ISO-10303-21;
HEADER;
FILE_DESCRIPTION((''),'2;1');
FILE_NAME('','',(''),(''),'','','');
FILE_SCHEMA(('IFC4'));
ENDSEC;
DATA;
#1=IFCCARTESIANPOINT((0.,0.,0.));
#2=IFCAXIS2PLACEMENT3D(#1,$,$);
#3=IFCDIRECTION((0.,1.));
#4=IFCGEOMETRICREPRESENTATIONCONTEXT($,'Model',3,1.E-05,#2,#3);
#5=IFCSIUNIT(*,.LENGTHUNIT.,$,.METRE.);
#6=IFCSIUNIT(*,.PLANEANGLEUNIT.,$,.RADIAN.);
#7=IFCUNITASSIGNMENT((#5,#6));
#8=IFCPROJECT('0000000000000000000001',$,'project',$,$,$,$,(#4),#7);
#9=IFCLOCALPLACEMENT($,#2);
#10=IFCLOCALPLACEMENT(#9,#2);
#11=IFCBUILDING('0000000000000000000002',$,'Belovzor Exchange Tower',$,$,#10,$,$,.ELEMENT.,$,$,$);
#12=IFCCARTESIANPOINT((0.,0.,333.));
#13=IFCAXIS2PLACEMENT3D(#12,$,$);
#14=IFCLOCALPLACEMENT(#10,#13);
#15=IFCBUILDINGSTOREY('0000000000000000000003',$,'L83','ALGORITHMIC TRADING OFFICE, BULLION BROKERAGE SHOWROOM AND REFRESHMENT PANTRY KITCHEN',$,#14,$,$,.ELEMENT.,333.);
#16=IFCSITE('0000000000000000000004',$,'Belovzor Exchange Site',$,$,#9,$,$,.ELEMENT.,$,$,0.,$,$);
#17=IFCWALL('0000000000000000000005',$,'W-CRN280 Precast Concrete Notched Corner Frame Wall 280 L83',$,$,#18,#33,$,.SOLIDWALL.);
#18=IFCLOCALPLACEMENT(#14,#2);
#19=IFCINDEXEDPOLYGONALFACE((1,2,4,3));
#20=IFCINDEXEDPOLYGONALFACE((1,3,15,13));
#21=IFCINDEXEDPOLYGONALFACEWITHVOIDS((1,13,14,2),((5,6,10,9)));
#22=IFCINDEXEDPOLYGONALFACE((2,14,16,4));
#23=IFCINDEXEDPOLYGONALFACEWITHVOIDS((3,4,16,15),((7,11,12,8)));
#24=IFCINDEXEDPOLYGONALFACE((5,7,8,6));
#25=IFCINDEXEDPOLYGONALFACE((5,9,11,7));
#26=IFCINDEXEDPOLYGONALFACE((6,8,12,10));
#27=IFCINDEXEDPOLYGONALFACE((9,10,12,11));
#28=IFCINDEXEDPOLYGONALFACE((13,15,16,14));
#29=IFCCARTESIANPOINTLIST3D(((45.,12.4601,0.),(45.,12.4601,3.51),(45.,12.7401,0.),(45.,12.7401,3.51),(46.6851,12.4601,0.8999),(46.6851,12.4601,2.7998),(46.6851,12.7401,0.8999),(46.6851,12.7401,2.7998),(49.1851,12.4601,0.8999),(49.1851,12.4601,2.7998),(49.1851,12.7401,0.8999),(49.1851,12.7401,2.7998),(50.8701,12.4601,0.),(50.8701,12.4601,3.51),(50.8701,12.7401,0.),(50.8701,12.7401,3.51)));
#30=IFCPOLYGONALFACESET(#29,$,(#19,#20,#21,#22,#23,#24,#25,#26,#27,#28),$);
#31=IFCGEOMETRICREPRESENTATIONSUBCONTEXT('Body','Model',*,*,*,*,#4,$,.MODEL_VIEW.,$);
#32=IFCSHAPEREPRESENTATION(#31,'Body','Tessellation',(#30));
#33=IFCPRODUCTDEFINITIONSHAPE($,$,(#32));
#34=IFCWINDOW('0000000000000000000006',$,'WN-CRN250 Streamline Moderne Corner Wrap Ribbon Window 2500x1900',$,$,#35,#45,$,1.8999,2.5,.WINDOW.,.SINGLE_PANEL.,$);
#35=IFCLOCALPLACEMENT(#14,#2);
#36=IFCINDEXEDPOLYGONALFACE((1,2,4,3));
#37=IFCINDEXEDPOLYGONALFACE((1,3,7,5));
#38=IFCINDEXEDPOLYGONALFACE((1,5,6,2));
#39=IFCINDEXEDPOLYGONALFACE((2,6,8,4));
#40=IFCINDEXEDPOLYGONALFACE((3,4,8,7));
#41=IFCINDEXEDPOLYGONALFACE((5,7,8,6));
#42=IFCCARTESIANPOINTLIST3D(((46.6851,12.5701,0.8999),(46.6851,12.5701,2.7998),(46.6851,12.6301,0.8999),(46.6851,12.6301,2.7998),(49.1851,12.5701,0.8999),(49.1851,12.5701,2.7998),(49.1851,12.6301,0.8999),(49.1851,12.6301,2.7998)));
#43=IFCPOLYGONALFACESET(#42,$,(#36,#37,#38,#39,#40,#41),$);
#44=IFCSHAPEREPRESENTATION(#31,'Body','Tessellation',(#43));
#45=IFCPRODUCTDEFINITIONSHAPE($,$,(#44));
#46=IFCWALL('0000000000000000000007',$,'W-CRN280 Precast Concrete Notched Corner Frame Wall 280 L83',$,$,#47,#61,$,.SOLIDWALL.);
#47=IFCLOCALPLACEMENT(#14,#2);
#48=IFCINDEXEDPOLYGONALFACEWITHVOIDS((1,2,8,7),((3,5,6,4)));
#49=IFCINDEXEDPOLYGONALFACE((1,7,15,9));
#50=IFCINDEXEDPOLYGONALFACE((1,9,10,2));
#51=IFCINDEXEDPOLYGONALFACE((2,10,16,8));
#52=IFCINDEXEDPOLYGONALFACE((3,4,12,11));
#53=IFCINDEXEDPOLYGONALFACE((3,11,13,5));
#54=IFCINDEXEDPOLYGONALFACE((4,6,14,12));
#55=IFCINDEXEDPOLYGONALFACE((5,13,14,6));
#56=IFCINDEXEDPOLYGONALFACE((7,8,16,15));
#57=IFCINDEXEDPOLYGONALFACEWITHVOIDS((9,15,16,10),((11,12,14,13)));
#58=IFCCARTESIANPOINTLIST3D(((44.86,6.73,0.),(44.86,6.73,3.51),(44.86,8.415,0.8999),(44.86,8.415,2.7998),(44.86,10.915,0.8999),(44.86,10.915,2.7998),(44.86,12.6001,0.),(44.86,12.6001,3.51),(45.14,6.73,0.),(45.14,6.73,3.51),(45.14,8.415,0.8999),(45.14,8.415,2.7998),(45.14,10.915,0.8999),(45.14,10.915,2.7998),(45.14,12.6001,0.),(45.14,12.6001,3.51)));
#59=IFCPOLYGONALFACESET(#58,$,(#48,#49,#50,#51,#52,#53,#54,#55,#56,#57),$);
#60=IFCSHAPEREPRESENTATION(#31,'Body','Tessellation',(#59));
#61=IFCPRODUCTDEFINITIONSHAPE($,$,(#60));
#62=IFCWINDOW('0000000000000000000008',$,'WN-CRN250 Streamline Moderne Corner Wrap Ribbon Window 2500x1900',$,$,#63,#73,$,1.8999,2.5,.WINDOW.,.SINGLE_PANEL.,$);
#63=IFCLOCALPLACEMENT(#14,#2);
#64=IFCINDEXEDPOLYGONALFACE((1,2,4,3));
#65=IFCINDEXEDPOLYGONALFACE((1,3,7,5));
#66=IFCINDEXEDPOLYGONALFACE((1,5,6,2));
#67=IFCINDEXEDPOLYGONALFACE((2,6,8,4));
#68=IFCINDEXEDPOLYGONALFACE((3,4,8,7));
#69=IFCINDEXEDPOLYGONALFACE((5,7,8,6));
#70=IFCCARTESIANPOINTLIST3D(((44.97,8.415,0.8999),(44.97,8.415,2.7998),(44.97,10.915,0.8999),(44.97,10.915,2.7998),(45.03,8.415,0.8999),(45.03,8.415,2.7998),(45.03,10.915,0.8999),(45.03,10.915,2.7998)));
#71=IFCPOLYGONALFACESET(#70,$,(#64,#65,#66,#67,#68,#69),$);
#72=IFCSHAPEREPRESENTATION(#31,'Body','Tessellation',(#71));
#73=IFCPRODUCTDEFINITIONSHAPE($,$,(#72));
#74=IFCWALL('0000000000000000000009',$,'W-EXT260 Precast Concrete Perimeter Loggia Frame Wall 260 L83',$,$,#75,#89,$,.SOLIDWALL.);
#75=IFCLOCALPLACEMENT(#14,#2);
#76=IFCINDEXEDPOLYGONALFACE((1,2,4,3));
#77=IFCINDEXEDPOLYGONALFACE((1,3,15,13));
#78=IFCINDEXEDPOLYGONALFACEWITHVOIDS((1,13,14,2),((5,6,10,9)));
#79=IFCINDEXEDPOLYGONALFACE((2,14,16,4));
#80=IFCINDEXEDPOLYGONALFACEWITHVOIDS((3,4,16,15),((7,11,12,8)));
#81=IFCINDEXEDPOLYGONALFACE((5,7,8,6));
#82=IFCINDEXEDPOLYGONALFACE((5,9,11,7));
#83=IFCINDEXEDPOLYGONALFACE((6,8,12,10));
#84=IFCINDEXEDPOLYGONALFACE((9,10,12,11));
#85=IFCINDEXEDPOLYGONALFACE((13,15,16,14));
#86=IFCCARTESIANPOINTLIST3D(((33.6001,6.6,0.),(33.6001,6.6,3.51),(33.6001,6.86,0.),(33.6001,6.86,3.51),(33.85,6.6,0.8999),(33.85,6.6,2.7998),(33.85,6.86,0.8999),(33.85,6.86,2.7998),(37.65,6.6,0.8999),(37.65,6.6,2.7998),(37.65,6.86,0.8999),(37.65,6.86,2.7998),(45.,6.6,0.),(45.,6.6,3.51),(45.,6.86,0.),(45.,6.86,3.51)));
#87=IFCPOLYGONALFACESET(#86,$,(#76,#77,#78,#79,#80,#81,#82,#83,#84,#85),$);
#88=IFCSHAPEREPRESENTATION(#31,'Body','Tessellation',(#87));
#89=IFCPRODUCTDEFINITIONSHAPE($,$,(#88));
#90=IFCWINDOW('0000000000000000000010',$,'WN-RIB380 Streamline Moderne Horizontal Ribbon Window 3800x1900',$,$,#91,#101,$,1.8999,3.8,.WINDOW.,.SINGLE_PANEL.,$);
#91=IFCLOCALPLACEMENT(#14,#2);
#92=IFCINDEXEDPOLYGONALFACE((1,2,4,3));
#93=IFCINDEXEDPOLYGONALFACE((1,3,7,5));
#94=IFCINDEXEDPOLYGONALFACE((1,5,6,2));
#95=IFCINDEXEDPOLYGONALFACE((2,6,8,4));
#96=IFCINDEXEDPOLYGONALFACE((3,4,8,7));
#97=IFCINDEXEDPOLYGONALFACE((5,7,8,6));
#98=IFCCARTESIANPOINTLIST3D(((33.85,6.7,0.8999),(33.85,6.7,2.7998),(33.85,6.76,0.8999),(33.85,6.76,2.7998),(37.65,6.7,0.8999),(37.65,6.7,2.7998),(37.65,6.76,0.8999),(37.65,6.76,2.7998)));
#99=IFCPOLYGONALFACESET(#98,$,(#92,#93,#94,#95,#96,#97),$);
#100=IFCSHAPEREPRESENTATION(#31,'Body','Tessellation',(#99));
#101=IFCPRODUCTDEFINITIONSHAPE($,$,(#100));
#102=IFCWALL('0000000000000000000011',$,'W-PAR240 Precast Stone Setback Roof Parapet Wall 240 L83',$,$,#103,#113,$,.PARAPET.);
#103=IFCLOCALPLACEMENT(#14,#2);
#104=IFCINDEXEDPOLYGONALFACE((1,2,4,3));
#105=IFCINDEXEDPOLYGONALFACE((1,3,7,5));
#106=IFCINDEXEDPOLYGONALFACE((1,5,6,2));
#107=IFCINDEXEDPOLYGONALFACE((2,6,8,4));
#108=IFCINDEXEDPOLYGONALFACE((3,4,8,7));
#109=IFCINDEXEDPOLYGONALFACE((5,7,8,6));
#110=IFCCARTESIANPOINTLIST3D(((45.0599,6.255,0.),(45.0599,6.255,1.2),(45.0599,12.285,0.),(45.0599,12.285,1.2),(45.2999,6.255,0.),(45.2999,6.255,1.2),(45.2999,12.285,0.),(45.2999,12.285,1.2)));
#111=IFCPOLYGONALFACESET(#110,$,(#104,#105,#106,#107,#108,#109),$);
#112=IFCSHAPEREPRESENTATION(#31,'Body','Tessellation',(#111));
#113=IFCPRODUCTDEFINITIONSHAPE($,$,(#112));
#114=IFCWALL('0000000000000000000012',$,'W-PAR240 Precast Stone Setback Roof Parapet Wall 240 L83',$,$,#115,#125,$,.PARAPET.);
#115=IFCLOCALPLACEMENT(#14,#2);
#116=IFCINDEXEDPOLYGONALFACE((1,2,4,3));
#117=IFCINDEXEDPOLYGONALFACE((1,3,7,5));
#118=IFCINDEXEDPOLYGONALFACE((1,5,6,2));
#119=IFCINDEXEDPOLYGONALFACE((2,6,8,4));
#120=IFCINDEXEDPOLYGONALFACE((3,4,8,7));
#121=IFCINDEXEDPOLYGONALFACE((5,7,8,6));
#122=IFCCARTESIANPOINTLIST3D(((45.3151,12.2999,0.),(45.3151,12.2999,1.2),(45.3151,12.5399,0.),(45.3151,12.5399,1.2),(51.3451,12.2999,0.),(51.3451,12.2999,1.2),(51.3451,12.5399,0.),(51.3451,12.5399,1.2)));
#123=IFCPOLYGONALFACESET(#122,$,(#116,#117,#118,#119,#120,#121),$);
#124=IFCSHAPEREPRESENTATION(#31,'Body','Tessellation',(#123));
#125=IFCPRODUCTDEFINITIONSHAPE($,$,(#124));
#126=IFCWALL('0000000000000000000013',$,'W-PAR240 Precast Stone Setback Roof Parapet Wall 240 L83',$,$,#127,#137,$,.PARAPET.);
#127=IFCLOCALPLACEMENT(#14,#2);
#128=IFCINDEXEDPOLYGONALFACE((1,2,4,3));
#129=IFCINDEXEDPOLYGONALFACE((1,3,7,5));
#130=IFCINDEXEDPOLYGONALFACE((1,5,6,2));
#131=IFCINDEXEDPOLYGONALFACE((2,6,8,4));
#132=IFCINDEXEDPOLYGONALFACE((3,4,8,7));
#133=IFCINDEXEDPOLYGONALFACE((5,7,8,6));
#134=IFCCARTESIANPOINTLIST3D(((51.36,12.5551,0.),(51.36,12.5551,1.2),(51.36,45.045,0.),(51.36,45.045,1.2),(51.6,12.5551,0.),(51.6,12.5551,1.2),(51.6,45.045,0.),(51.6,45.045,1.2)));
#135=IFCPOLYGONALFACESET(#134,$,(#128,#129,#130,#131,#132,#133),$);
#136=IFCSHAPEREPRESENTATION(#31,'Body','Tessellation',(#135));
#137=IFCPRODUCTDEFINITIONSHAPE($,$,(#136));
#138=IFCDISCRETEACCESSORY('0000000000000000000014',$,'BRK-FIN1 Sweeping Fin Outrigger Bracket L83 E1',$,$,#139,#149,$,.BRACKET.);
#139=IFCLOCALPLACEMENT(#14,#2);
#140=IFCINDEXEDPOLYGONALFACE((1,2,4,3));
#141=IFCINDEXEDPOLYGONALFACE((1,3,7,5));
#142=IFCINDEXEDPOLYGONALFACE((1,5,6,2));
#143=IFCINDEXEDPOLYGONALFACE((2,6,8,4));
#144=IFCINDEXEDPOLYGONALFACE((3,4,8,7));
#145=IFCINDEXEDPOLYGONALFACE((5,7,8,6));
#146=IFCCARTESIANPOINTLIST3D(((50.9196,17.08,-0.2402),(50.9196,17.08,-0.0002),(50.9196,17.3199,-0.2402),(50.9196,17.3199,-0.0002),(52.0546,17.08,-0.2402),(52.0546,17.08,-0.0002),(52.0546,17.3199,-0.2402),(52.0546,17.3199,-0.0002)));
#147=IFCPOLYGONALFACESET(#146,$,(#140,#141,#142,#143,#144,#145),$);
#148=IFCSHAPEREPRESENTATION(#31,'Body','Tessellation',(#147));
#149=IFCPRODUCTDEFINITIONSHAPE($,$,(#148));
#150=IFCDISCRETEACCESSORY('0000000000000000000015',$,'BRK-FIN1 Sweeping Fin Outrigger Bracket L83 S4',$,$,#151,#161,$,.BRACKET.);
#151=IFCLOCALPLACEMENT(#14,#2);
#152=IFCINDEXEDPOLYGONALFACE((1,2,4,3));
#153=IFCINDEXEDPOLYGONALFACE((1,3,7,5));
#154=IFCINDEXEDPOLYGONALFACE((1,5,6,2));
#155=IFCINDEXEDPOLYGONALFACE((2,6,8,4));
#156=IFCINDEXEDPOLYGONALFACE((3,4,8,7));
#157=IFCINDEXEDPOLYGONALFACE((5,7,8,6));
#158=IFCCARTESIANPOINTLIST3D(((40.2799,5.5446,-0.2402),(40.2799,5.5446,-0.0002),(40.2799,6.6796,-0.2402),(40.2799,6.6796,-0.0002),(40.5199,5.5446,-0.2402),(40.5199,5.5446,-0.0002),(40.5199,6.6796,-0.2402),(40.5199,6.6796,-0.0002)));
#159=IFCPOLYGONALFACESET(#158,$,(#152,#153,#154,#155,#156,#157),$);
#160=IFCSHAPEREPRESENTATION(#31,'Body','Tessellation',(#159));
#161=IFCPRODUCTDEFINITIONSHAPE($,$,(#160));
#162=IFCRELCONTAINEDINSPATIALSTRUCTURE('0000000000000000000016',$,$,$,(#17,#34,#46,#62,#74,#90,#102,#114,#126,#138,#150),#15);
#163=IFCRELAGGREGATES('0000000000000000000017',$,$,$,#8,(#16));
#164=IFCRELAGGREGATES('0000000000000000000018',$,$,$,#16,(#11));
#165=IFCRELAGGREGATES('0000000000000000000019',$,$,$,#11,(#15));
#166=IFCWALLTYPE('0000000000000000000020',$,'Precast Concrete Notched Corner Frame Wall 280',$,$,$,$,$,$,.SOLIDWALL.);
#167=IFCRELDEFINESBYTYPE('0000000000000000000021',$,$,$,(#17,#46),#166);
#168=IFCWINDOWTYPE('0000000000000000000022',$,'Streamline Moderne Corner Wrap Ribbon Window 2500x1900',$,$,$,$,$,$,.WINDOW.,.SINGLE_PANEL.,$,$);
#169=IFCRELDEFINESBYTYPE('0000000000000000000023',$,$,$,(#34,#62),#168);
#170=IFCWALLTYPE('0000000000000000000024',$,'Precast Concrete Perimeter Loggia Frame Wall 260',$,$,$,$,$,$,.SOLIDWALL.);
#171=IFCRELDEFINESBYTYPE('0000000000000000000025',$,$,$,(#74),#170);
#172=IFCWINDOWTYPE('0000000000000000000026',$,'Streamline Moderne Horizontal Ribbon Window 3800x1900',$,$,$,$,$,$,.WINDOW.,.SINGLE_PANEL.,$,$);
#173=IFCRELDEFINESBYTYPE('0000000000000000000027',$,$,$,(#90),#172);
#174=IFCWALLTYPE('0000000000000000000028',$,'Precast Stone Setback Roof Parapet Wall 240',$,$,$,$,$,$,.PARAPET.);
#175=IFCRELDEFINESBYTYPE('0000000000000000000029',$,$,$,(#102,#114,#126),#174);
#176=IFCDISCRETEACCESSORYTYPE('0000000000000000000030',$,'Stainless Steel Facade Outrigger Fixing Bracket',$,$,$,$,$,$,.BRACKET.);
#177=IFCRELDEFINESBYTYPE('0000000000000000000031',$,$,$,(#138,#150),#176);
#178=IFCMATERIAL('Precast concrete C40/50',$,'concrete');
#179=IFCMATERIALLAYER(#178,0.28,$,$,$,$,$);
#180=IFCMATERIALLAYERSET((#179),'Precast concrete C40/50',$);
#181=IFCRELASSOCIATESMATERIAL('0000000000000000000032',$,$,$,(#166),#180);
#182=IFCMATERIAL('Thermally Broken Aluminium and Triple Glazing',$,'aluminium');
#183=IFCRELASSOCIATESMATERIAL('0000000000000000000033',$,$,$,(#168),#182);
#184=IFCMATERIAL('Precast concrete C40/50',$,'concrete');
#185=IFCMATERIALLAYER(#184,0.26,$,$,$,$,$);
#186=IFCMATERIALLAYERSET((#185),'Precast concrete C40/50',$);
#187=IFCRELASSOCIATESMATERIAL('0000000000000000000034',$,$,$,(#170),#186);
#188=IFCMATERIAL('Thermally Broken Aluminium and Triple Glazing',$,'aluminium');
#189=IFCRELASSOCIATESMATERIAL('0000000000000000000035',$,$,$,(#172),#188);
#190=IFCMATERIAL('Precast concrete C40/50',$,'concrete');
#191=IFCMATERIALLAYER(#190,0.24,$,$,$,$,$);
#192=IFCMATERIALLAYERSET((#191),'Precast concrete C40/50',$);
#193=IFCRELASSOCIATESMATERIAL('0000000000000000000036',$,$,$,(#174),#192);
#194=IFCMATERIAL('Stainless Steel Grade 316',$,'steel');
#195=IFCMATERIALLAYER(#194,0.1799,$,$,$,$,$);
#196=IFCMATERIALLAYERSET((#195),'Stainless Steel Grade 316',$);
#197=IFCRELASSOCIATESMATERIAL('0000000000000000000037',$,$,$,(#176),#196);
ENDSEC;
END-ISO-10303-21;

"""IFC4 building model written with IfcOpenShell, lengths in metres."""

from ifc_helpers import new_model, si_unit, direction, frame, frame_2d, origin, origin_2d, place, context, subcontext, project, spatial, rectangle, extrude, material, layer, layer_set, type_object, element, fill, save


model = new_model("IFC4")

# Units and contexts
model_context = context("Model", 3, precision=1e-05, world=origin(), true_north=direction((0.0, 1.0)))
body_context = subcontext(model_context, "Body", "Model", "MODEL_VIEW")
ifc_project = project(units=[si_unit("LENGTHUNIT", "METRE"), si_unit("PLANEANGLEUNIT", "RADIAN")], contexts=[model_context])

# Site, building, storey
site_placement = place(None, origin())
site = spatial("IfcSite", under=ifc_project, at=site_placement, Name="Belovzor Exchange Site", CompositionType="ELEMENT", RefElevation=0.0)
building_placement = place(site_placement, origin())
building = spatial("IfcBuilding", under=site, at=building_placement, Name="Belovzor Exchange Tower", CompositionType="ELEMENT")
storey_placement = place(building_placement, frame((0.0, 0.0, 333.0)))
storey = spatial("IfcBuildingStorey", under=building, at=storey_placement, Name="L83", Description="ALGORITHMIC TRADING OFFICE, BULLION BROKERAGE SHOWROOM AND REFRESHMENT PANTRY KITCHEN", CompositionType="ELEMENT", Elevation=333.0)

# Walls, openings, windows
ifc_material_1 = material(Name="Precast concrete C40/50", Category="concrete")
ifc_layer_1 = layer(ifc_material_1, 0.28)
ifc_layer_set_1 = layer_set([ifc_layer_1], Name="Precast concrete C40/50")
wall_type_1 = type_object("IfcWallType", Name="Precast Concrete Notched Corner Frame Wall 280", PredefinedType="SOLIDWALL", material=ifc_layer_set_1)
wall_1_placement = place(storey_placement, frame((50.8701, 12.6001, 0.0), z_axis=(0.0, 0.0, 1.0), x_axis=(-1.0, 0.0, 0.0)))
wall_1 = element("IfcWall", 1, at=wall_1_placement, inside=storey, type_object=wall_type_1, Name="W-CRN280 Precast Concrete Notched Corner Frame Wall 280 L83", PredefinedType="SOLIDWALL", context=body_context, shape_type="SweptSolid", body=[
    extrude(rectangle(XDim=5.8701, YDim=0.28, at=frame_2d((2.9351, 0.0))), origin(), (0.0, 0.0, 1.0), 3.51),
])
opening_1_placement = place(wall_1_placement, frame((1.6851, 0.0, 0.8999)))
opening_1 = element("IfcOpeningElement", 2, at=opening_1_placement, cuts=wall_1, PredefinedType="OPENING", context=body_context, shape_type="SweptSolid", body=[
    extrude(rectangle(XDim=2.5, YDim=1.8999, at=frame_2d((1.25, 0.95))), frame((0.0, 0.1499, 0.0), z_axis=(0.0, -1.0, 0.0), x_axis=(1.0, 0.0, 0.0)), (0.0, 0.0, 1.0), 0.3),
])
ifc_material_2 = material(Name="Thermally Broken Aluminium and Triple Glazing", Category="aluminium")
window_type_1 = type_object("IfcWindowType", Name="Streamline Moderne Corner Wrap Ribbon Window 2500x1900", PartitioningType="SINGLE_PANEL", PredefinedType="WINDOW", material=ifc_material_2)
window_1_placement = place(opening_1_placement, origin())
window_1 = element("IfcWindow", 3, at=window_1_placement, inside=storey, type_object=window_type_1, Name="WN-CRN250 Streamline Moderne Corner Wrap Ribbon Window 2500x1900", OverallHeight=1.8999, OverallWidth=2.5, PartitioningType="SINGLE_PANEL", PredefinedType="WINDOW", context=body_context, shape_type="SweptSolid", body=[
    extrude(rectangle(XDim=2.5, YDim=1.8999, at=frame_2d((1.25, 0.95))), frame((0.0, 0.03, 0.0), z_axis=(0.0, -1.0, 0.0), x_axis=(1.0, 0.0, 0.0)), (0.0, 0.0, 1.0), 0.0601),
])
fill(opening_1, window_1)
wall_2_placement = place(storey_placement, frame((45.0, 12.6001, 0.0), z_axis=(0.0, 0.0, 1.0), x_axis=(0.0, -1.0, 0.0)))
wall_2 = element("IfcWall", 4, at=wall_2_placement, inside=storey, type_object=wall_type_1, Name="W-CRN280 Precast Concrete Notched Corner Frame Wall 280 L83", PredefinedType="SOLIDWALL", context=body_context, shape_type="SweptSolid", body=[
    extrude(rectangle(XDim=5.8701, YDim=0.28, at=frame_2d((2.9351, 0.0))), origin(), (0.0, 0.0, 1.0), 3.51),
])
opening_2_placement = place(wall_2_placement, frame((1.6851, 0.0, 0.8999)))
opening_2 = element("IfcOpeningElement", 5, at=opening_2_placement, cuts=wall_2, PredefinedType="OPENING", context=body_context, shape_type="SweptSolid", body=[
    extrude(rectangle(XDim=2.5, YDim=1.8999, at=frame_2d((1.25, 0.95))), frame((0.0, 0.1499, 0.0), z_axis=(0.0, -1.0, 0.0), x_axis=(1.0, 0.0, 0.0)), (0.0, 0.0, 1.0), 0.3),
])
window_2_placement = place(opening_2_placement, origin())
window_2 = element("IfcWindow", 6, at=window_2_placement, inside=storey, type_object=window_type_1, Name="WN-CRN250 Streamline Moderne Corner Wrap Ribbon Window 2500x1900", OverallHeight=1.8999, OverallWidth=2.5, PartitioningType="SINGLE_PANEL", PredefinedType="WINDOW", context=body_context, shape_type="SweptSolid", body=[
    extrude(rectangle(XDim=2.5, YDim=1.8999, at=frame_2d((1.25, 0.95))), frame((0.0, 0.03, 0.0), z_axis=(0.0, -1.0, 0.0), x_axis=(1.0, 0.0, 0.0)), (0.0, 0.0, 1.0), 0.0601),
])
fill(opening_2, window_2)
ifc_material_3 = material(Name="Precast concrete C40/50", Category="concrete")
ifc_layer_2 = layer(ifc_material_3, 0.26)
ifc_layer_set_2 = layer_set([ifc_layer_2], Name="Precast concrete C40/50")
wall_type_2 = type_object("IfcWallType", Name="Precast Concrete Perimeter Loggia Frame Wall 260", PredefinedType="SOLIDWALL", material=ifc_layer_set_2)
wall_3_placement = place(storey_placement, frame((45.0, 6.73, 0.0), z_axis=(0.0, 0.0, 1.0), x_axis=(-1.0, 0.0, 0.0)))
wall_3 = element("IfcWall", 7, at=wall_3_placement, inside=storey, type_object=wall_type_2, Name="W-EXT260 Precast Concrete Perimeter Loggia Frame Wall 260 L83", PredefinedType="SOLIDWALL", context=body_context, shape_type="SweptSolid", body=[
    extrude(rectangle(XDim=11.3999, YDim=0.26, at=frame_2d((5.7, 0.0))), origin(), (0.0, 0.0, 1.0), 3.51),
])
opening_3_placement = place(wall_3_placement, frame((7.3501, 0.0, 0.8999)))
opening_3 = element("IfcOpeningElement", 8, at=opening_3_placement, cuts=wall_3, PredefinedType="OPENING", context=body_context, shape_type="SweptSolid", body=[
    extrude(rectangle(XDim=3.8, YDim=1.8999, at=frame_2d((1.8999, 0.95))), frame((0.0, 0.1399, 0.0), z_axis=(0.0, -1.0, 0.0), x_axis=(1.0, 0.0, 0.0)), (0.0, 0.0, 1.0), 0.28),
])
ifc_material_4 = material(Name="Thermally Broken Aluminium and Triple Glazing", Category="aluminium")
window_type_2 = type_object("IfcWindowType", Name="Streamline Moderne Horizontal Ribbon Window 3800x1900", PartitioningType="SINGLE_PANEL", PredefinedType="WINDOW", material=ifc_material_4)
window_3_placement = place(opening_3_placement, origin())
window_3 = element("IfcWindow", 9, at=window_3_placement, inside=storey, type_object=window_type_2, Name="WN-RIB380 Streamline Moderne Horizontal Ribbon Window 3800x1900", OverallHeight=1.8999, OverallWidth=3.8, PartitioningType="SINGLE_PANEL", PredefinedType="WINDOW", context=body_context, shape_type="SweptSolid", body=[
    extrude(rectangle(XDim=3.8, YDim=1.8999, at=frame_2d((1.8999, 0.95))), frame((0.0, 0.03, 0.0), z_axis=(0.0, -1.0, 0.0), x_axis=(1.0, 0.0, 0.0)), (0.0, 0.0, 1.0), 0.0601),
])
fill(opening_3, window_3)

# Walls
ifc_material_5 = material(Name="Precast concrete C40/50", Category="concrete")
ifc_layer_3 = layer(ifc_material_5, 0.24)
ifc_layer_set_3 = layer_set([ifc_layer_3], Name="Precast concrete C40/50")
wall_type_3 = type_object("IfcWallType", Name="Precast Stone Setback Roof Parapet Wall 240", PredefinedType="PARAPET", material=ifc_layer_set_3)
for number, where, z_axis, x_axis, name in (
    (10, (45.1799, 6.2549, 0.0), (0.0, 0.0, 1.0), (0.0, 1.0, 0.0), "W-PAR240 Precast Stone Setback Roof Parapet Wall 240 L83"),
    (11, (45.3149, 12.4199, 0.0), (0.0, 0.0, 1.0), (1.0, 0.0, 0.0), "W-PAR240 Precast Stone Setback Roof Parapet Wall 240 L83"),
):
    element("IfcWall", number, at=place(storey_placement, frame(where, z_axis=z_axis, x_axis=x_axis)), inside=storey, type_object=wall_type_3, Name=name, PredefinedType="PARAPET", context=body_context, shape_type="SweptSolid", body=[
        extrude(rectangle(XDim=6.03, YDim=0.24, at=frame_2d((3.0151, 0.0))), origin(), (0.0, 0.0, 1.0), 1.2),
    ])
wall_4_placement = place(storey_placement, frame((51.48, 12.5549, 0.0), z_axis=(0.0, 0.0, 1.0), x_axis=(0.0, 1.0, 0.0)))
element("IfcWall", 12, at=wall_4_placement, inside=storey, type_object=wall_type_3, Name="W-PAR240 Precast Stone Setback Roof Parapet Wall 240 L83", PredefinedType="PARAPET", context=body_context, shape_type="SweptSolid", body=[
    extrude(rectangle(XDim=32.49, YDim=0.24, at=frame_2d((16.2451, 0.0))), origin(), (0.0, 0.0, 1.0), 1.2),
])

# Discrete accessories
ifc_material_6 = material(Name="Stainless Steel Grade 316", Category="steel")
ifc_layer_4 = layer(ifc_material_6, 0.1799)
ifc_layer_set_4 = layer_set([ifc_layer_4], Name="Stainless Steel Grade 316")
discrete_accessory_type = type_object("IfcDiscreteAccessoryType", Name="Stainless Steel Facade Outrigger Fixing Bracket", PredefinedType="BRACKET", material=ifc_layer_set_4)
for number, where, z_axis, x_axis, name in (
    (13, (51.4871, 17.2, -0.2402), (0.0, 0.0, 1.0), (1.0, 0.0, 0.0), "BRK-FIN1 Sweeping Fin Outrigger Bracket L83 E1"),
    (14, (40.3999, 6.1121, -0.2402), (0.0, 0.0, 1.0), (0.0, 1.0, 0.0), "BRK-FIN1 Sweeping Fin Outrigger Bracket L83 S4"),
):
    element("IfcDiscreteAccessory", number, at=place(storey_placement, frame(where, z_axis=z_axis, x_axis=x_axis)), inside=storey, type_object=discrete_accessory_type, Name=name, PredefinedType="BRACKET", context=body_context, shape_type="SweptSolid", body=[
        extrude(rectangle(XDim=1.135, YDim=0.24, at=origin_2d()), origin(), (0.0, 0.0, 1.0), 0.24),
    ])

save(model, "model.ifc")
